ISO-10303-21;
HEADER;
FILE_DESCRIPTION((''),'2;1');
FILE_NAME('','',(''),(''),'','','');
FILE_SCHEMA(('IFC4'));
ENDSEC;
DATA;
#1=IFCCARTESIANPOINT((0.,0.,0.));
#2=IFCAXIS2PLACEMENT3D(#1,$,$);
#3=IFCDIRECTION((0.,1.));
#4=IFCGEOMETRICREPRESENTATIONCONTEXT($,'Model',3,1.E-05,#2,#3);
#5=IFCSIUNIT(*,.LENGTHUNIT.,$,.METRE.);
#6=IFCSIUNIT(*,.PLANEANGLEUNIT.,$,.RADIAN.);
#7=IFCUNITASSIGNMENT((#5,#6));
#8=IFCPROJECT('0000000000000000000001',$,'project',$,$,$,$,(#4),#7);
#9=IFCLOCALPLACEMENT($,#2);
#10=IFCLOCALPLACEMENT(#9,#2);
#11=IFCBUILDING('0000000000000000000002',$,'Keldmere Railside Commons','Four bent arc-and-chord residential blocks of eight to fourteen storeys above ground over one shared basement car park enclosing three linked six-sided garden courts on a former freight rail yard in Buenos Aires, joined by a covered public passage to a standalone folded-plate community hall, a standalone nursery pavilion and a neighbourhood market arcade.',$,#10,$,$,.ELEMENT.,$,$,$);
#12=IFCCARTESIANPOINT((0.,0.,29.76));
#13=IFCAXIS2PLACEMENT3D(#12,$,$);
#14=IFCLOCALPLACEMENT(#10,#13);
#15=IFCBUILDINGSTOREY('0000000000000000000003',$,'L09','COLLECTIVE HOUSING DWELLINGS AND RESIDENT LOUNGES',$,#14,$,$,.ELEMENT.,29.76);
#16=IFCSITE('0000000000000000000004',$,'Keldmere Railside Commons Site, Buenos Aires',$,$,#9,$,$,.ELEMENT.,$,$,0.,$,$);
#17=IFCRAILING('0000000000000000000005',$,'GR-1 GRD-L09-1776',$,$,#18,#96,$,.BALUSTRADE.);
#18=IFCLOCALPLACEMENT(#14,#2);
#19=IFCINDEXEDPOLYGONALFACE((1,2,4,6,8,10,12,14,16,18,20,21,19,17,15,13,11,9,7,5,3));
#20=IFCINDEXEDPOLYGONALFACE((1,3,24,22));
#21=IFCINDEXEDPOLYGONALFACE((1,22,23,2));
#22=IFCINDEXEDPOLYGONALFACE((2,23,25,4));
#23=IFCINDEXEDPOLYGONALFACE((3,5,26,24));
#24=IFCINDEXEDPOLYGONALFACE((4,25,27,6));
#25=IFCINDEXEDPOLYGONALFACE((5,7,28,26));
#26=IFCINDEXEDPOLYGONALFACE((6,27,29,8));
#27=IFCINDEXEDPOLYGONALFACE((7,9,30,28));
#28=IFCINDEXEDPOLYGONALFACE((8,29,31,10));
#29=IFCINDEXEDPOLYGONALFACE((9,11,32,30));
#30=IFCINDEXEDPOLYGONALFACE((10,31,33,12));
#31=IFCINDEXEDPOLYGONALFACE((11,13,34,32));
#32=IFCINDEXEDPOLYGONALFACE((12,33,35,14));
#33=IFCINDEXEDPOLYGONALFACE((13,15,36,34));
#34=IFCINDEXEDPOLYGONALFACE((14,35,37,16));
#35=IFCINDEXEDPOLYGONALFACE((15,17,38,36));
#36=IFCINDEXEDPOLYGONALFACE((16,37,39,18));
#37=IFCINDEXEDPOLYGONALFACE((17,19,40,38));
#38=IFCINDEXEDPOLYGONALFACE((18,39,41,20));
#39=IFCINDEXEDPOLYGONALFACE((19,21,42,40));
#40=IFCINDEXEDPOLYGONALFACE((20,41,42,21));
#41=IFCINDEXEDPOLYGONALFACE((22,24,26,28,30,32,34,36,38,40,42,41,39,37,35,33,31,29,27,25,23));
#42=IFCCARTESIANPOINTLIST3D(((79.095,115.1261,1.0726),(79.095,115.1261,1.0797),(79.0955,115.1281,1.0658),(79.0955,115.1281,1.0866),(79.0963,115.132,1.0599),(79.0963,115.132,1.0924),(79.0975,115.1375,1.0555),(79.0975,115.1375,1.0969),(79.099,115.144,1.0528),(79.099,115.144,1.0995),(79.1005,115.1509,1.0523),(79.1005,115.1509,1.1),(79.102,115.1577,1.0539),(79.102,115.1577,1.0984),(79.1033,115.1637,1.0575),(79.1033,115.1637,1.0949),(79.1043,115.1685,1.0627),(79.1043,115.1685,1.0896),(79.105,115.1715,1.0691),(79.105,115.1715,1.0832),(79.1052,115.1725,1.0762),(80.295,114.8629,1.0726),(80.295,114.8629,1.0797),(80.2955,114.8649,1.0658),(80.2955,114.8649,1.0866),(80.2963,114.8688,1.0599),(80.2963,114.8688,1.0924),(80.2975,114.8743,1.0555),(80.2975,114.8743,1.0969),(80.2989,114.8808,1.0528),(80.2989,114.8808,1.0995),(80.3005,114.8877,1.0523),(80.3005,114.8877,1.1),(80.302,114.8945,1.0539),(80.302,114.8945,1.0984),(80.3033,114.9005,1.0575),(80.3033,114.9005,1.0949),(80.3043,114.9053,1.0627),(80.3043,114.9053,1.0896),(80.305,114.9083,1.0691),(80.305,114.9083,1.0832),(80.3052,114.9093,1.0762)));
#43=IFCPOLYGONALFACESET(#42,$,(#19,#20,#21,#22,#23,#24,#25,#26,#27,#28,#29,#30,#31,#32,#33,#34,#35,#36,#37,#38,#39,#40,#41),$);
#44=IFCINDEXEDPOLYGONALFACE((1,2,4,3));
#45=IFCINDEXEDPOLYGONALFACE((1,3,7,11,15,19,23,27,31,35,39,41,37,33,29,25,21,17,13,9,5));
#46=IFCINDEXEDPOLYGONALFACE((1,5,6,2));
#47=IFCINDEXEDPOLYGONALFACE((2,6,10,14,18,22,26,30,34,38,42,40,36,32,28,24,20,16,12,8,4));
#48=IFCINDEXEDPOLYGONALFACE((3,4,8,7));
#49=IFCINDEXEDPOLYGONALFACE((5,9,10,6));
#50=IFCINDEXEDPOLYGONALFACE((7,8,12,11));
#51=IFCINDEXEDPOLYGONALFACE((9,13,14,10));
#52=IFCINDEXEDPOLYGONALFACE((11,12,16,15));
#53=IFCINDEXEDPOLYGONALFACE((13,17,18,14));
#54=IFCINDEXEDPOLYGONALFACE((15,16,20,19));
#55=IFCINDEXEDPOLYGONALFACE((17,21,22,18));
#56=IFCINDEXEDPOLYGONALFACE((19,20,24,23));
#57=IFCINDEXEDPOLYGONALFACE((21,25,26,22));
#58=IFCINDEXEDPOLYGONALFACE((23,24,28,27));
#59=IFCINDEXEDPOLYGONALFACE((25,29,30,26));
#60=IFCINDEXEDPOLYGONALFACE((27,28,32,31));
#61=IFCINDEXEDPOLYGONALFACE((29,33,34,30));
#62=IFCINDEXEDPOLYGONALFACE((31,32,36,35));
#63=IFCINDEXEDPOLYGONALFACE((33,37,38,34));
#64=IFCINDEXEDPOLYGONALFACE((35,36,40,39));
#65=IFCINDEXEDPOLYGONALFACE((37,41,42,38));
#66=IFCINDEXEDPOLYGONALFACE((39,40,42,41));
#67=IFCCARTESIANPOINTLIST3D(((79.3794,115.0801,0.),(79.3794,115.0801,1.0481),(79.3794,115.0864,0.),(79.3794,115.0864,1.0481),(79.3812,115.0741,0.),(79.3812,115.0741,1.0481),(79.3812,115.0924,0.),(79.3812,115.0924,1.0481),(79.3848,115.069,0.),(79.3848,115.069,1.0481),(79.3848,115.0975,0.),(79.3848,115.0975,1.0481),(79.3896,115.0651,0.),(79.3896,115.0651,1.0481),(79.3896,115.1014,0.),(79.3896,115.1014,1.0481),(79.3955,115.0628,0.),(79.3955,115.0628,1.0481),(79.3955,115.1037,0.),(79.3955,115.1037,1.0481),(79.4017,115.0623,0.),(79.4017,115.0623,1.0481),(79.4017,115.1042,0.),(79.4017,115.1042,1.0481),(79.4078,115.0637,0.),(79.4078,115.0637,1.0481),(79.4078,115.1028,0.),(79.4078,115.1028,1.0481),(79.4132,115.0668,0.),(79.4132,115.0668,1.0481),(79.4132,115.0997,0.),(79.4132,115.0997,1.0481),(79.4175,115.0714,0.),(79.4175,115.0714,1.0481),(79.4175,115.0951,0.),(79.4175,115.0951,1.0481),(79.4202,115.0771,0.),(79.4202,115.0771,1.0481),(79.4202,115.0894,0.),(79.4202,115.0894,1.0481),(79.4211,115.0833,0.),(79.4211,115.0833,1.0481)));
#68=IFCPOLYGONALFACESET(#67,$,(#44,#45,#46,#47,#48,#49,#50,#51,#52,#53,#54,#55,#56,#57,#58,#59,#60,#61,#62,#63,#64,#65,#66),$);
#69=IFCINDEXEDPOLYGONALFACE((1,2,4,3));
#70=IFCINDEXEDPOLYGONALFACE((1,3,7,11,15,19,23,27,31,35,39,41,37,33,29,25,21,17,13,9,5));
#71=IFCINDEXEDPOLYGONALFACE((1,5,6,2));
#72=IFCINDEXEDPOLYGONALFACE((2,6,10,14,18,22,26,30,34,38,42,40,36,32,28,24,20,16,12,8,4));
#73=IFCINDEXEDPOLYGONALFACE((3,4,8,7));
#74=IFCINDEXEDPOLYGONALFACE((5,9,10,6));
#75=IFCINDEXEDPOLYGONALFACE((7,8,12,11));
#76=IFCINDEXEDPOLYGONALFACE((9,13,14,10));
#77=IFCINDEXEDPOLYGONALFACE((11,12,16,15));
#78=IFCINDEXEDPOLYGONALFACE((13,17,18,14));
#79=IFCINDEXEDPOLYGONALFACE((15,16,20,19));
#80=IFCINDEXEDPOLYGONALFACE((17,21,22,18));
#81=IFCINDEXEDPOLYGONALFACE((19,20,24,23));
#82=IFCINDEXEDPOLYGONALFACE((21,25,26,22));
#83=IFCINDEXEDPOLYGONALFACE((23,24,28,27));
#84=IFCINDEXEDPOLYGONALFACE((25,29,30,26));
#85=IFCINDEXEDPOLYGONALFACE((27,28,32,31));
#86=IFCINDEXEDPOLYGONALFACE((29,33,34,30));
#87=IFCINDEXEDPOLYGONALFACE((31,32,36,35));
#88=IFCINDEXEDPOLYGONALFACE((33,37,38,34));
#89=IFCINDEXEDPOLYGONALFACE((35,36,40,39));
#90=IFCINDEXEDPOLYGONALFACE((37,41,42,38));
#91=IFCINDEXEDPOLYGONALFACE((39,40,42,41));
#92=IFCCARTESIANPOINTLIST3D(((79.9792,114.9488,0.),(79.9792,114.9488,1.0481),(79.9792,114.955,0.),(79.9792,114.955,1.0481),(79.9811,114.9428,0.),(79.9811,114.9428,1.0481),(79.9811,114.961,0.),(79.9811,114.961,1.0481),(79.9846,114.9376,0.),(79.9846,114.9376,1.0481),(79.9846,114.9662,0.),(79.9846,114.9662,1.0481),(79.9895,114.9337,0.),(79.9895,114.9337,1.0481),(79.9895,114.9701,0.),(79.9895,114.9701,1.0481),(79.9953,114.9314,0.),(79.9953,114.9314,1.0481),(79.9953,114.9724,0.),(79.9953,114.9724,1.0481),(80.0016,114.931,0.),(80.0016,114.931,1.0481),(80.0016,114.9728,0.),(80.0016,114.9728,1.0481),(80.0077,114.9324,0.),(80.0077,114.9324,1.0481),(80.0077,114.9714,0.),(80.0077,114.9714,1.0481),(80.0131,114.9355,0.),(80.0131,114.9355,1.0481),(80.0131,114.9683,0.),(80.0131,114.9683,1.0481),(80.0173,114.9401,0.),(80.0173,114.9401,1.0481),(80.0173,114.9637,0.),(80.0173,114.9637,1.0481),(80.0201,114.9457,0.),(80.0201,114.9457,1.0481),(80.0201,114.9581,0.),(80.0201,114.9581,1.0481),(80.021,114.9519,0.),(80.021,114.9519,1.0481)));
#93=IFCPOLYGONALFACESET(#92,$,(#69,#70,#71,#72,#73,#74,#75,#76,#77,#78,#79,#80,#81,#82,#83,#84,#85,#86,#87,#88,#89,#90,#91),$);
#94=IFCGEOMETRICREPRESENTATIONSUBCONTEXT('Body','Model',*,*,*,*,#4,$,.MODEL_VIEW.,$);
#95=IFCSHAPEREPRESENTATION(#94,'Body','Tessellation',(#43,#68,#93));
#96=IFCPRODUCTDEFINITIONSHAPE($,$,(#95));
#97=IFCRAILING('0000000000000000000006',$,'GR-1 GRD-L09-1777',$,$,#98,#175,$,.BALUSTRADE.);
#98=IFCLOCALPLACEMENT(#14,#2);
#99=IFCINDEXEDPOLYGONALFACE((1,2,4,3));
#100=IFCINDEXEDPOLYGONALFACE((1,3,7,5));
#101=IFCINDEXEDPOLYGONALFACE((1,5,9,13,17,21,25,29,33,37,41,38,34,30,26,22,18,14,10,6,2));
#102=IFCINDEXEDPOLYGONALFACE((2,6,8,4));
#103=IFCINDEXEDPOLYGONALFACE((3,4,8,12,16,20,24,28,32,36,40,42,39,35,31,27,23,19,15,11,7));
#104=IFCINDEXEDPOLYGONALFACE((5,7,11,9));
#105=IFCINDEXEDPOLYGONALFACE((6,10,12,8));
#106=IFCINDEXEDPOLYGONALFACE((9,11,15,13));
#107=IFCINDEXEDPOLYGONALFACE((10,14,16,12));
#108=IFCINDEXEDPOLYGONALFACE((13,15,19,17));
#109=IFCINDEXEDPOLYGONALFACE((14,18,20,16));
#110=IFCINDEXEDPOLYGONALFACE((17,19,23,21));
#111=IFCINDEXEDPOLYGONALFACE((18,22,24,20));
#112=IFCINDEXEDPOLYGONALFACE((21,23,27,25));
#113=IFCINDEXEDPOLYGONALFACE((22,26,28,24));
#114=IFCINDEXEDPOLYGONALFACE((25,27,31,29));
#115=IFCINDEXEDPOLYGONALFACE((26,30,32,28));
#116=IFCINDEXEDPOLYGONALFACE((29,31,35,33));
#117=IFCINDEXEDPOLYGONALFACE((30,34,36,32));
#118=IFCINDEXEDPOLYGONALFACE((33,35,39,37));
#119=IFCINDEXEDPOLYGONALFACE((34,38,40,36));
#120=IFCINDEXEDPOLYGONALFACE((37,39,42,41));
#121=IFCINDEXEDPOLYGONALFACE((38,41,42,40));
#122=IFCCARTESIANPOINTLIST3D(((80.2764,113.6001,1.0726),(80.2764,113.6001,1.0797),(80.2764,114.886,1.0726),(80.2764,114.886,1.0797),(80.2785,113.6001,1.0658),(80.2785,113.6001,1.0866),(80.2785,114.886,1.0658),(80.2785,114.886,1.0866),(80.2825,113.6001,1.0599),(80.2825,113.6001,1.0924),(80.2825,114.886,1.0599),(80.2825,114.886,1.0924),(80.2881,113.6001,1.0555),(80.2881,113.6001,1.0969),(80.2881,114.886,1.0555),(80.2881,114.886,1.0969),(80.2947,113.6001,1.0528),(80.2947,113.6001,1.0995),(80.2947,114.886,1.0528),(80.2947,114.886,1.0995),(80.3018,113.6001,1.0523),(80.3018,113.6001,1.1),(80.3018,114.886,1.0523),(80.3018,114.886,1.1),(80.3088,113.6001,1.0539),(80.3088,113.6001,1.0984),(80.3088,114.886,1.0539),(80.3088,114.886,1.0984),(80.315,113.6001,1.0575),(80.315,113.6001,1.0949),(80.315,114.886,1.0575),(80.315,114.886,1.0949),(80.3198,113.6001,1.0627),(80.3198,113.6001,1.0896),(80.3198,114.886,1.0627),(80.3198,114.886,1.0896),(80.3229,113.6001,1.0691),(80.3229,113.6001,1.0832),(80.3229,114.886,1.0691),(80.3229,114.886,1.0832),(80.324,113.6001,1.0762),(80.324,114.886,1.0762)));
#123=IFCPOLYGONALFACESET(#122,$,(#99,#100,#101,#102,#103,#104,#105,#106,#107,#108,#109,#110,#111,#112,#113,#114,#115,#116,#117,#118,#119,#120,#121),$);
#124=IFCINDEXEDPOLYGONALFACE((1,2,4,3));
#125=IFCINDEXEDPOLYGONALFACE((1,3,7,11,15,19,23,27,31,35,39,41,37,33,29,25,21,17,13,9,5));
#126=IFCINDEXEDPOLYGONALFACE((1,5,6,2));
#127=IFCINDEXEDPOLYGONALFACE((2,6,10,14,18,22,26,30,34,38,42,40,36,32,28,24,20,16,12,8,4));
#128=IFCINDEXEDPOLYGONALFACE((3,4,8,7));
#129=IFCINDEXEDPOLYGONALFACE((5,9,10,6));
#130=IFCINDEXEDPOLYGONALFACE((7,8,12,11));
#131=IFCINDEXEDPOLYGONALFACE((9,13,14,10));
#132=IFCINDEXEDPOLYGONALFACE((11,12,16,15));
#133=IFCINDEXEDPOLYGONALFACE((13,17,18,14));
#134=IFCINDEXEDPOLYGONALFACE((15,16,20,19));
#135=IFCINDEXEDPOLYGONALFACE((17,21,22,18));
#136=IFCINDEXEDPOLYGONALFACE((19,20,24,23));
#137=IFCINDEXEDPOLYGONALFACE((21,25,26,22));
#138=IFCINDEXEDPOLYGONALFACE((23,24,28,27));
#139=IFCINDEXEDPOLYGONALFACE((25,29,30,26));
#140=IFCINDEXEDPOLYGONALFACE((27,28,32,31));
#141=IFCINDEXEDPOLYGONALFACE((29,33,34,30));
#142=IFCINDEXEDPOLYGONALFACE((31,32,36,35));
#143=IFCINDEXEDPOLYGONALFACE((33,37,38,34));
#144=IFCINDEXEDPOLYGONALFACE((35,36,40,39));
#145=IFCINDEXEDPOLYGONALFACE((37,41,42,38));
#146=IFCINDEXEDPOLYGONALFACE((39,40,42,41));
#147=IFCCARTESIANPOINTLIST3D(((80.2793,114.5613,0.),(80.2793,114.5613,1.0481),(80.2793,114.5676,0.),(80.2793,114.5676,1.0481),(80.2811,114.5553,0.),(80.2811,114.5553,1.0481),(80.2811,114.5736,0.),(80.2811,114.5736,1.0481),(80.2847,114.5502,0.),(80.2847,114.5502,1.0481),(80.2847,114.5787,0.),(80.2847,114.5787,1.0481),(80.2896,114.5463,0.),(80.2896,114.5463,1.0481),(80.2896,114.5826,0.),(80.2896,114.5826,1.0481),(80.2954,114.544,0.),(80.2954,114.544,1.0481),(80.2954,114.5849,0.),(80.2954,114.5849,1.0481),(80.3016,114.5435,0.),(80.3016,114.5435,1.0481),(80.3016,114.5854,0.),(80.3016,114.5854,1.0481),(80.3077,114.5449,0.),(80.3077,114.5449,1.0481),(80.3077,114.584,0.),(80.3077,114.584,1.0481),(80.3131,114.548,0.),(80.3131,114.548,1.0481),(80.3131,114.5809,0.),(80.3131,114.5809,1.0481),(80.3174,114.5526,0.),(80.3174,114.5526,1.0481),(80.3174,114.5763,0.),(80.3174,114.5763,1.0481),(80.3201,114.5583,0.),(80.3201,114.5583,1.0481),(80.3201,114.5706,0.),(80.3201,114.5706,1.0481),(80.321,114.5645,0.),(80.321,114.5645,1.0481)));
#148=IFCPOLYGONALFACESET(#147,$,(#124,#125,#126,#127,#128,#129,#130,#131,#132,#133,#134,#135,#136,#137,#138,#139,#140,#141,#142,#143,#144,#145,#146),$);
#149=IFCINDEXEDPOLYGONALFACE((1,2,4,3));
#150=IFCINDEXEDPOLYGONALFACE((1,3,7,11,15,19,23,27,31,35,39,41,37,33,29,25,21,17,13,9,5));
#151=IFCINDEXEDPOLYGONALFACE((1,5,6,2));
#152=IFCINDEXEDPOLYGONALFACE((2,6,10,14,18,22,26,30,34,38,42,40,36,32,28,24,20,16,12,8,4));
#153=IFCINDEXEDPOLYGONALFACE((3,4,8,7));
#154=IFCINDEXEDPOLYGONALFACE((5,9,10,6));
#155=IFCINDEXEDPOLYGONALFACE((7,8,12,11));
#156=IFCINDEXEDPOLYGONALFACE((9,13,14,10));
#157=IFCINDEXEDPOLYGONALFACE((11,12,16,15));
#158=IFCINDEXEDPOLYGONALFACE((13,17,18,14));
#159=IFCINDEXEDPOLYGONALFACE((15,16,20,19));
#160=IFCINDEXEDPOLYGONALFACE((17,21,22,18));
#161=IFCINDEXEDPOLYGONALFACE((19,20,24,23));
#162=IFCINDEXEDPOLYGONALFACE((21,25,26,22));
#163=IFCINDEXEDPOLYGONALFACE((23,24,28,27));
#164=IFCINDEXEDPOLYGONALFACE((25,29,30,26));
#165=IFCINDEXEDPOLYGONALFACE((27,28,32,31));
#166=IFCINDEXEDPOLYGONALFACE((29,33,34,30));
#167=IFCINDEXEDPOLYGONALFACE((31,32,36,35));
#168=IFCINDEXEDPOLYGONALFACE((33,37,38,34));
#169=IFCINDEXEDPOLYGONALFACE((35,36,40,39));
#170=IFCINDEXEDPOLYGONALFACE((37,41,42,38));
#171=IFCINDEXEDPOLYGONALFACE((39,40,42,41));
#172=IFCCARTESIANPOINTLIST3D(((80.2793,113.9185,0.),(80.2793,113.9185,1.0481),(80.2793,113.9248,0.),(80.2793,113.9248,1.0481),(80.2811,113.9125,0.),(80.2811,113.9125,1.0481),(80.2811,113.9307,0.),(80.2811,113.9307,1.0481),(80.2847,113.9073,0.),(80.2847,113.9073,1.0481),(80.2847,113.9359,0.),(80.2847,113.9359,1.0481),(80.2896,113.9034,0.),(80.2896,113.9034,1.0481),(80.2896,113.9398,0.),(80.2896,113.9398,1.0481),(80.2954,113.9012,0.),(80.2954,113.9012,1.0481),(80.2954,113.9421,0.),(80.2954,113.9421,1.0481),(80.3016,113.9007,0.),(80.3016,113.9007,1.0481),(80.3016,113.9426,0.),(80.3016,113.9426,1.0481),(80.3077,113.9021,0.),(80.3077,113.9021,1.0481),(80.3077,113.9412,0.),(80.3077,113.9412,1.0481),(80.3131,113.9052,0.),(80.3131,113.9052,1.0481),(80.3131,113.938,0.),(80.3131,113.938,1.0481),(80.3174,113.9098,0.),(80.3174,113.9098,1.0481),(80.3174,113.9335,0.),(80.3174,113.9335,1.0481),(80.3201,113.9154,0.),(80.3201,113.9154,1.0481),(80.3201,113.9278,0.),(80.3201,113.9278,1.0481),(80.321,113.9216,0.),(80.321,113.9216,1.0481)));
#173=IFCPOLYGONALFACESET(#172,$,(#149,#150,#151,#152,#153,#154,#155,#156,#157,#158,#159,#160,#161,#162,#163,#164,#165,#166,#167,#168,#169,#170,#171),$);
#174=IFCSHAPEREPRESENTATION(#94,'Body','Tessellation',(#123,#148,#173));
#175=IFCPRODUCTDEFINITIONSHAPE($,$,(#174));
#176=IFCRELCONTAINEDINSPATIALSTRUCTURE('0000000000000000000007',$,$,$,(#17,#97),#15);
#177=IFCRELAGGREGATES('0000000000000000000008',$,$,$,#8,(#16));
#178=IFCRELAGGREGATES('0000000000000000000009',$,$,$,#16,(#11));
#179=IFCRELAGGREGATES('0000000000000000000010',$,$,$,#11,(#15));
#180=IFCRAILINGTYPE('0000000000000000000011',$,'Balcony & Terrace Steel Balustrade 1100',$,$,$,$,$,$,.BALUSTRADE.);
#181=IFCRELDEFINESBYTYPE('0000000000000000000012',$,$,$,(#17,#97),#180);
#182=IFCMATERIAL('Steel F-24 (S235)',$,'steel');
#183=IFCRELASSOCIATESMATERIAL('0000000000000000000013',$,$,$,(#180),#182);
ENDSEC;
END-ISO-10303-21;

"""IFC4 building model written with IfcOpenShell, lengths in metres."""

from ifc_helpers import new_model, si_unit, direction, frame, origin, origin_2d, place, context, subcontext, project, spatial, circle, extrude, material, type_object, element, save


model = new_model("IFC4")

# Units and contexts
model_context = context("Model", 3, precision=1e-05, world=origin(), true_north=direction((0.0, 1.0)))
body_context = subcontext(model_context, "Body", "Model", "MODEL_VIEW")
ifc_project = project(units=[si_unit("LENGTHUNIT", "METRE"), si_unit("PLANEANGLEUNIT", "RADIAN")], contexts=[model_context])

# Site, building, storey
site_placement = place(None, origin())
site = spatial("IfcSite", under=ifc_project, at=site_placement, Name="Keldmere Railside Commons Site, Buenos Aires", CompositionType="ELEMENT", RefElevation=0.0)
building_placement = place(site_placement, origin())
building = spatial("IfcBuilding", under=site, at=building_placement, Name="Keldmere Railside Commons", Description="Four bent arc-and-chord residential blocks of eight to fourteen storeys above ground over one shared basement car park enclosing three linked six-sided garden courts on a former freight rail yard in Buenos Aires, joined by a covered public passage to a standalone folded-plate community hall, a standalone nursery pavilion and a neighbourhood market arcade.", CompositionType="ELEMENT")
storey_placement = place(building_placement, frame((0.0, 0.0, 29.76)))
storey = spatial("IfcBuildingStorey", under=building, at=storey_placement, Name="L09", Description="COLLECTIVE HOUSING DWELLINGS AND RESIDENT LOUNGES", CompositionType="ELEMENT", Elevation=29.76)

# Shared definitions
ifc_material_1 = material(Name="Steel F-24 (S235)", Category="steel")

# Railings
railing_type_1 = type_object("IfcRailingType", Name="Balcony & Terrace Steel Balustrade 1100", PredefinedType="BALUSTRADE", material=ifc_material_1)
railing_1_placement = place(storey_placement, frame((79.1001, 115.1492, 0.0)))
element("IfcRailing", 1, at=railing_1_placement, inside=storey, type_object=railing_type_1, Name="GR-1 GRD-L09-1776", PredefinedType="BALUSTRADE", context=body_context, shape_type="SweptSolid", body=[
    extrude(circle(Radius=0.0239, at=origin_2d()), frame((0.0, 0.0, 1.0762), z_axis=(0.976782, -0.214236, 0.0), x_axis=(0.214236, 0.976782, 0.0)), (0.0, 0.0, 1.0), 1.2285),
    extrude(circle(Radius=0.021, at=origin_2d()), frame((0.3, -0.0659, 0.0)), (0.0, 0.0, 1.0), 1.0481),
    extrude(circle(Radius=0.021, at=origin_2d()), frame((0.8999, -0.1973, 0.0)), (0.0, 0.0, 1.0), 1.0481),
])
railing_2_placement = place(storey_placement, frame((80.3, 114.886, 0.0)))
element("IfcRailing", 2, at=railing_2_placement, inside=storey, type_object=railing_type_1, Name="GR-1 GRD-L09-1777", PredefinedType="BALUSTRADE", context=body_context, shape_type="SweptSolid", body=[
    extrude(circle(Radius=0.0239, at=origin_2d()), frame((0.0, 0.0, 1.0762), z_axis=(0.0, -1.0, 0.0), x_axis=(1.0, 0.0, 0.0)), (0.0, 0.0, 1.0), 1.2859),
    extrude(circle(Radius=0.021, at=origin_2d()), frame((0.0, -0.3215, 0.0)), (0.0, 0.0, 1.0), 1.0481),
    extrude(circle(Radius=0.021, at=origin_2d()), frame((0.0, -0.9644, 0.0)), (0.0, 0.0, 1.0), 1.0481),
])

save(model, "model.ifc")
